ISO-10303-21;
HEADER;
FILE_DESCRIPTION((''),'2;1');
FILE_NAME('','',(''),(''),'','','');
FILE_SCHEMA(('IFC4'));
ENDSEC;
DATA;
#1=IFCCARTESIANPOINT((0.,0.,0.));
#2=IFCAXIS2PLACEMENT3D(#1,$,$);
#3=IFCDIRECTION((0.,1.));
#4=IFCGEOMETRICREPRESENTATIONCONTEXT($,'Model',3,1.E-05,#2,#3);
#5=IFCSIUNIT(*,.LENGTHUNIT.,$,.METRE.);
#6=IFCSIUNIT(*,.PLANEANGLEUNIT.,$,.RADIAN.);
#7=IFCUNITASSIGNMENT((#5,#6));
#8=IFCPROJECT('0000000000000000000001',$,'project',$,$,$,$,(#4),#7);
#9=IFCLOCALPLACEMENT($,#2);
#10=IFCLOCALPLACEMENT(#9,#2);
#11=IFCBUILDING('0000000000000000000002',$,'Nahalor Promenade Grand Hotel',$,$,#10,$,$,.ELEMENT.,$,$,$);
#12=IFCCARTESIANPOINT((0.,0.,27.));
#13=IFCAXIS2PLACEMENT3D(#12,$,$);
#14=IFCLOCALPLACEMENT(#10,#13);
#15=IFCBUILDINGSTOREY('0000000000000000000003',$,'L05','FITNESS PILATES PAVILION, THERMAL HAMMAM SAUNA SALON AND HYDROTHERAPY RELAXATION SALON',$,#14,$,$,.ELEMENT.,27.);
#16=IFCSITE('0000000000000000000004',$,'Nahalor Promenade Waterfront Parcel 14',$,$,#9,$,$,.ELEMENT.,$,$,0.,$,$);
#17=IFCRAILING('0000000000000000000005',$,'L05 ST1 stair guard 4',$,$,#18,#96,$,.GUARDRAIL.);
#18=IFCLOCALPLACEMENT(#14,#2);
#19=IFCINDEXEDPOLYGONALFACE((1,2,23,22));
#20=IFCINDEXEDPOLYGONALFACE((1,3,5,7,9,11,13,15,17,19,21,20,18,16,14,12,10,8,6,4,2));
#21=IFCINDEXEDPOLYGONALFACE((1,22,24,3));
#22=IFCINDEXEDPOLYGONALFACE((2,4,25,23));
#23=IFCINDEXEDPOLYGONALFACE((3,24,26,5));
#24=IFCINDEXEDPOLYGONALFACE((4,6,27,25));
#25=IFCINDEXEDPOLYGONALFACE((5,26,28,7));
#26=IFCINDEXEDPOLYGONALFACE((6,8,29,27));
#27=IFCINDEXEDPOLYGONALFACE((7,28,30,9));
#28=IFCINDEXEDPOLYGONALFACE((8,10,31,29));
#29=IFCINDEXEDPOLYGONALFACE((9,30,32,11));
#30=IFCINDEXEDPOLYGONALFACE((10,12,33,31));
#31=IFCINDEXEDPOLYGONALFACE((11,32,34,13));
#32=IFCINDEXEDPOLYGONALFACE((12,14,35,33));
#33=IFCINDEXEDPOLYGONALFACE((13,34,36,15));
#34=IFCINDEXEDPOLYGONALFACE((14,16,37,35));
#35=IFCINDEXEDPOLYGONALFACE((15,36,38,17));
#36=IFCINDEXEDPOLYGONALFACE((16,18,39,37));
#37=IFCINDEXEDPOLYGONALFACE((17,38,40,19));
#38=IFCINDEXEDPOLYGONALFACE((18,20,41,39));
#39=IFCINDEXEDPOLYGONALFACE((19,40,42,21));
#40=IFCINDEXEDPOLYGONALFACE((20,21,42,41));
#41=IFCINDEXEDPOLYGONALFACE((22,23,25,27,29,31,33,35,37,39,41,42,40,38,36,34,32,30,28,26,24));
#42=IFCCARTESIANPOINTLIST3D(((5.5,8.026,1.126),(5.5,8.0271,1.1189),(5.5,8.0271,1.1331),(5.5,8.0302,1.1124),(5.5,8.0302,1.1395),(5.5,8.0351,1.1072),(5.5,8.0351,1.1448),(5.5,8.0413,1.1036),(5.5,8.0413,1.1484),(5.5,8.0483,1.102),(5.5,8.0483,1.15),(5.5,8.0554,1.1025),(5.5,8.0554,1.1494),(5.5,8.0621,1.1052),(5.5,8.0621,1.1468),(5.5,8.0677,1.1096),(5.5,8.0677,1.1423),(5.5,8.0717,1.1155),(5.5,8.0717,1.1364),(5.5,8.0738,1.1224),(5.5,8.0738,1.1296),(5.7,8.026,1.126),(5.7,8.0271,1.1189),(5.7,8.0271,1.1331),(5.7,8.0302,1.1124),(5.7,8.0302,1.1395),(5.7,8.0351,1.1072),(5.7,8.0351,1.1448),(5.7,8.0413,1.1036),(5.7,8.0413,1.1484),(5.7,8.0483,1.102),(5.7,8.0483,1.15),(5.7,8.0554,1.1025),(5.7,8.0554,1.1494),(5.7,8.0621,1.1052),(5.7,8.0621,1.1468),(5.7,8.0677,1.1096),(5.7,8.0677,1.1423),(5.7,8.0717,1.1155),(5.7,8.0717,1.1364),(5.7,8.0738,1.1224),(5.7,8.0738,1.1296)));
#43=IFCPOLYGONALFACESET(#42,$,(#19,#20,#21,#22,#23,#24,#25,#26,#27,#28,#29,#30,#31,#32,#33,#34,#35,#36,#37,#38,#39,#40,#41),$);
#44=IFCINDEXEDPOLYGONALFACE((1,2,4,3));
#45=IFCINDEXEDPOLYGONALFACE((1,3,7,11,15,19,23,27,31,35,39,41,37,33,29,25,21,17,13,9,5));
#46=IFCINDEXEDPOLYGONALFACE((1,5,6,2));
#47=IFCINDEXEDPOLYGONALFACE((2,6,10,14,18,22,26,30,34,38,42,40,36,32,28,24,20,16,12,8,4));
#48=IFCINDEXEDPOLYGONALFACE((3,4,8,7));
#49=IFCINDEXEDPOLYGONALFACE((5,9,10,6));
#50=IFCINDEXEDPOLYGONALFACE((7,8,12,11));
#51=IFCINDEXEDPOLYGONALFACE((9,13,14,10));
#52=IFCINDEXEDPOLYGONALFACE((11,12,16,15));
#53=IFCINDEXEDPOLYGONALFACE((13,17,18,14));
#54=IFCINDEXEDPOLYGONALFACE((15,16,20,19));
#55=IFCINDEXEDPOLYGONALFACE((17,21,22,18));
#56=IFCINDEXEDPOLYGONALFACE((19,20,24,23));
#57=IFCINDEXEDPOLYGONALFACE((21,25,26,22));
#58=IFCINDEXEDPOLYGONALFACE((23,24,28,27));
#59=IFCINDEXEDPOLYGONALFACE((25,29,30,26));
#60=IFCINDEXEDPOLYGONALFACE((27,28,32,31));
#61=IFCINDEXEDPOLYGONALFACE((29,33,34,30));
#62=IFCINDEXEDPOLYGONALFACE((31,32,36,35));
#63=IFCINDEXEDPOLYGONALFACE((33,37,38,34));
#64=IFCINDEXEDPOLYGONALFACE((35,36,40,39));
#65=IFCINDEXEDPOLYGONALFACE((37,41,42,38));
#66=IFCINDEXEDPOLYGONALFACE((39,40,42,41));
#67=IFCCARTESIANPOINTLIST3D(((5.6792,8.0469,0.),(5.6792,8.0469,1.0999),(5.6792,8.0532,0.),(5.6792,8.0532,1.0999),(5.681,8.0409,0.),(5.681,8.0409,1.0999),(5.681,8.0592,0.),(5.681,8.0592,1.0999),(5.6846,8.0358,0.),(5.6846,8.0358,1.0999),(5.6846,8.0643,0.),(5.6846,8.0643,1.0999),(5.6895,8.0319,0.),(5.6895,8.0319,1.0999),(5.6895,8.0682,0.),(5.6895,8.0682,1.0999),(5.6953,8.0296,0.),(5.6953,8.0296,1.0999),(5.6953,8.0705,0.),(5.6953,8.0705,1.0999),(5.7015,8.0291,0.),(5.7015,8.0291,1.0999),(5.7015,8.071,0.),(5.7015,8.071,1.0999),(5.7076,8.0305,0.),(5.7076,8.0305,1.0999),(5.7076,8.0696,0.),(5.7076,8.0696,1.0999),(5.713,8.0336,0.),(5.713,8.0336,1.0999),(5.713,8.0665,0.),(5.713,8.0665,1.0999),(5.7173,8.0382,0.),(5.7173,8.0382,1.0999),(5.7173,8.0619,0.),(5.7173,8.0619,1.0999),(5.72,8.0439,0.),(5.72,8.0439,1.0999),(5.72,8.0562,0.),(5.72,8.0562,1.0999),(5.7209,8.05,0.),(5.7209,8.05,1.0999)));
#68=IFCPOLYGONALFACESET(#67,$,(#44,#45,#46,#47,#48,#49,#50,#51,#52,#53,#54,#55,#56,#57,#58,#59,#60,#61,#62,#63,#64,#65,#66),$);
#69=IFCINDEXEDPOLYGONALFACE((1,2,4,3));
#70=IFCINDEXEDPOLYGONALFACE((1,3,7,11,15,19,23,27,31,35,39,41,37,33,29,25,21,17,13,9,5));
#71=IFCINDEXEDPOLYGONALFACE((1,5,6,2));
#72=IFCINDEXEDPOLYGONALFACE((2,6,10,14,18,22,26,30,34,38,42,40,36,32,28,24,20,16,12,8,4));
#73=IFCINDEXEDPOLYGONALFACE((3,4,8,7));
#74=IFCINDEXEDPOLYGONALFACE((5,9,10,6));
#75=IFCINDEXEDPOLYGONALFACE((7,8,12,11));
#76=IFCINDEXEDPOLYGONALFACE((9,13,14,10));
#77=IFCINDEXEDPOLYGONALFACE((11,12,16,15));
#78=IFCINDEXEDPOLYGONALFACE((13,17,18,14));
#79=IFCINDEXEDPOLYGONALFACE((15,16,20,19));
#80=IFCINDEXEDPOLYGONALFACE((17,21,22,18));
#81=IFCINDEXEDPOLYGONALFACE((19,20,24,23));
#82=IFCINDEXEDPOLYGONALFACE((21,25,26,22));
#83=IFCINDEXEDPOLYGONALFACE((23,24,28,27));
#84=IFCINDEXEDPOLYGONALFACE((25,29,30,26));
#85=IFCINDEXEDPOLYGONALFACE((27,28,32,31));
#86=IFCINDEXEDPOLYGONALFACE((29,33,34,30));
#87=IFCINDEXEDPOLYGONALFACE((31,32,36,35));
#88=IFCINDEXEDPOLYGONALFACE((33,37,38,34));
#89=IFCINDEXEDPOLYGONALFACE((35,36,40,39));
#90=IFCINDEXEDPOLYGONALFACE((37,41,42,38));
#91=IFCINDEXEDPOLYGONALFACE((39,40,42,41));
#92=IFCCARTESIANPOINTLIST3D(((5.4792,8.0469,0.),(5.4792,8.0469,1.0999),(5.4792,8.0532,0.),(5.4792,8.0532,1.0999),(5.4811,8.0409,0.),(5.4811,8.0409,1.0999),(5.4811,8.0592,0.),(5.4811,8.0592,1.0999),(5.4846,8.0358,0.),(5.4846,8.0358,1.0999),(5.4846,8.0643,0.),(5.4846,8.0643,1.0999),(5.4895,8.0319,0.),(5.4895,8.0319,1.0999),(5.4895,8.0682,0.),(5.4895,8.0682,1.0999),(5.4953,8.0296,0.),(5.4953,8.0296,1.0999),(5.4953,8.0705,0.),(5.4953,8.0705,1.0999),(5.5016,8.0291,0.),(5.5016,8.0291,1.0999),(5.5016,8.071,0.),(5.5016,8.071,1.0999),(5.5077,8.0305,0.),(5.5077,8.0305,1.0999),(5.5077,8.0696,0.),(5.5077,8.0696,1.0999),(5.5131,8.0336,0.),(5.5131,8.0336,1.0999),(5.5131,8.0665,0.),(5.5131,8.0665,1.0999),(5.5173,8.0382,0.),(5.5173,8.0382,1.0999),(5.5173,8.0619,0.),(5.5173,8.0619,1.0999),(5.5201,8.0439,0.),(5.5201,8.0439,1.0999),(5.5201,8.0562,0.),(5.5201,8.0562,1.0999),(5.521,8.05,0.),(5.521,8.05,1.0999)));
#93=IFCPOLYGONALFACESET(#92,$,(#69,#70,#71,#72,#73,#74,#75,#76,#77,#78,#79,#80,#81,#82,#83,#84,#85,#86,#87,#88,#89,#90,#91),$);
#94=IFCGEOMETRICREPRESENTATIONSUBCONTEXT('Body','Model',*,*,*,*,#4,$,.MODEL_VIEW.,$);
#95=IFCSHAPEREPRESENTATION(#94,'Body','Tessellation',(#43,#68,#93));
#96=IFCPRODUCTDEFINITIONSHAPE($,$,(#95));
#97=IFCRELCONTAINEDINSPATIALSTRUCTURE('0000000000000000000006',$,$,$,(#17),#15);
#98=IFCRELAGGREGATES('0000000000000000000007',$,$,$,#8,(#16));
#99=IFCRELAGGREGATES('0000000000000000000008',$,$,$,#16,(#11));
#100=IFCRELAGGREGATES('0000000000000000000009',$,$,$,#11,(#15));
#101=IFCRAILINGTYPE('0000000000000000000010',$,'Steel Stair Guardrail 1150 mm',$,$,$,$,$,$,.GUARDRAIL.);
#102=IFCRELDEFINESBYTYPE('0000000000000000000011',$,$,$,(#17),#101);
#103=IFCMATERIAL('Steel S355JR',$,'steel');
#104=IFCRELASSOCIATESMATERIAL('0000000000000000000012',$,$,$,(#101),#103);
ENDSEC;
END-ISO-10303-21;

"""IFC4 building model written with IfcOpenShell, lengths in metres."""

from ifc_helpers import new_model, si_unit, direction, frame, origin, origin_2d, place, context, subcontext, project, spatial, circle, extrude, material, type_object, element, save


model = new_model("IFC4")

# Units and contexts
model_context = context("Model", 3, precision=1e-05, world=origin(), true_north=direction((0.0, 1.0)))
body_context = subcontext(model_context, "Body", "Model", "MODEL_VIEW")
ifc_project = project(units=[si_unit("LENGTHUNIT", "METRE"), si_unit("PLANEANGLEUNIT", "RADIAN")], contexts=[model_context])

# Site, building, storey
site_placement = place(None, origin())
site = spatial("IfcSite", under=ifc_project, at=site_placement, Name="Nahalor Promenade Waterfront Parcel 14", CompositionType="ELEMENT", RefElevation=0.0)
building_placement = place(site_placement, origin())
building = spatial("IfcBuilding", under=site, at=building_placement, Name="Nahalor Promenade Grand Hotel", CompositionType="ELEMENT")
storey_placement = place(building_placement, frame((0.0, 0.0, 27.0)))
storey = spatial("IfcBuildingStorey", under=building, at=storey_placement, Name="L05", Description="FITNESS PILATES PAVILION, THERMAL HAMMAM SAUNA SALON AND HYDROTHERAPY RELAXATION SALON", CompositionType="ELEMENT", Elevation=27.0)

# Shared definitions
ifc_material_1 = material(Name="Steel S355JR", Category="steel")

# Railing
railing_type_1 = type_object("IfcRailingType", Name="Steel Stair Guardrail 1150 mm", PredefinedType="GUARDRAIL", material=ifc_material_1)
railing_1_placement = place(storey_placement, frame((5.7, 8.05, 0.0)))
element("IfcRailing", 1, at=railing_1_placement, inside=storey, type_object=railing_type_1, Name="L05 ST1 stair guard 4", PredefinedType="GUARDRAIL", context=body_context, shape_type="SweptSolid", body=[
    extrude(circle(Radius=0.024, at=origin_2d()), frame((0.0, 0.0, 1.126), z_axis=(-1.0, 0.0, 0.0), x_axis=(0.0, -1.0, 0.0)), (0.0, 0.0, 1.0), 0.2),
    extrude(circle(Radius=0.021, at=origin_2d()), origin(), (0.0, 0.0, 1.0), 1.0999),
    extrude(circle(Radius=0.021, at=origin_2d()), frame((-0.2, 0.0, 0.0)), (0.0, 0.0, 1.0), 1.0999),
])

save(model, "model.ifc")
